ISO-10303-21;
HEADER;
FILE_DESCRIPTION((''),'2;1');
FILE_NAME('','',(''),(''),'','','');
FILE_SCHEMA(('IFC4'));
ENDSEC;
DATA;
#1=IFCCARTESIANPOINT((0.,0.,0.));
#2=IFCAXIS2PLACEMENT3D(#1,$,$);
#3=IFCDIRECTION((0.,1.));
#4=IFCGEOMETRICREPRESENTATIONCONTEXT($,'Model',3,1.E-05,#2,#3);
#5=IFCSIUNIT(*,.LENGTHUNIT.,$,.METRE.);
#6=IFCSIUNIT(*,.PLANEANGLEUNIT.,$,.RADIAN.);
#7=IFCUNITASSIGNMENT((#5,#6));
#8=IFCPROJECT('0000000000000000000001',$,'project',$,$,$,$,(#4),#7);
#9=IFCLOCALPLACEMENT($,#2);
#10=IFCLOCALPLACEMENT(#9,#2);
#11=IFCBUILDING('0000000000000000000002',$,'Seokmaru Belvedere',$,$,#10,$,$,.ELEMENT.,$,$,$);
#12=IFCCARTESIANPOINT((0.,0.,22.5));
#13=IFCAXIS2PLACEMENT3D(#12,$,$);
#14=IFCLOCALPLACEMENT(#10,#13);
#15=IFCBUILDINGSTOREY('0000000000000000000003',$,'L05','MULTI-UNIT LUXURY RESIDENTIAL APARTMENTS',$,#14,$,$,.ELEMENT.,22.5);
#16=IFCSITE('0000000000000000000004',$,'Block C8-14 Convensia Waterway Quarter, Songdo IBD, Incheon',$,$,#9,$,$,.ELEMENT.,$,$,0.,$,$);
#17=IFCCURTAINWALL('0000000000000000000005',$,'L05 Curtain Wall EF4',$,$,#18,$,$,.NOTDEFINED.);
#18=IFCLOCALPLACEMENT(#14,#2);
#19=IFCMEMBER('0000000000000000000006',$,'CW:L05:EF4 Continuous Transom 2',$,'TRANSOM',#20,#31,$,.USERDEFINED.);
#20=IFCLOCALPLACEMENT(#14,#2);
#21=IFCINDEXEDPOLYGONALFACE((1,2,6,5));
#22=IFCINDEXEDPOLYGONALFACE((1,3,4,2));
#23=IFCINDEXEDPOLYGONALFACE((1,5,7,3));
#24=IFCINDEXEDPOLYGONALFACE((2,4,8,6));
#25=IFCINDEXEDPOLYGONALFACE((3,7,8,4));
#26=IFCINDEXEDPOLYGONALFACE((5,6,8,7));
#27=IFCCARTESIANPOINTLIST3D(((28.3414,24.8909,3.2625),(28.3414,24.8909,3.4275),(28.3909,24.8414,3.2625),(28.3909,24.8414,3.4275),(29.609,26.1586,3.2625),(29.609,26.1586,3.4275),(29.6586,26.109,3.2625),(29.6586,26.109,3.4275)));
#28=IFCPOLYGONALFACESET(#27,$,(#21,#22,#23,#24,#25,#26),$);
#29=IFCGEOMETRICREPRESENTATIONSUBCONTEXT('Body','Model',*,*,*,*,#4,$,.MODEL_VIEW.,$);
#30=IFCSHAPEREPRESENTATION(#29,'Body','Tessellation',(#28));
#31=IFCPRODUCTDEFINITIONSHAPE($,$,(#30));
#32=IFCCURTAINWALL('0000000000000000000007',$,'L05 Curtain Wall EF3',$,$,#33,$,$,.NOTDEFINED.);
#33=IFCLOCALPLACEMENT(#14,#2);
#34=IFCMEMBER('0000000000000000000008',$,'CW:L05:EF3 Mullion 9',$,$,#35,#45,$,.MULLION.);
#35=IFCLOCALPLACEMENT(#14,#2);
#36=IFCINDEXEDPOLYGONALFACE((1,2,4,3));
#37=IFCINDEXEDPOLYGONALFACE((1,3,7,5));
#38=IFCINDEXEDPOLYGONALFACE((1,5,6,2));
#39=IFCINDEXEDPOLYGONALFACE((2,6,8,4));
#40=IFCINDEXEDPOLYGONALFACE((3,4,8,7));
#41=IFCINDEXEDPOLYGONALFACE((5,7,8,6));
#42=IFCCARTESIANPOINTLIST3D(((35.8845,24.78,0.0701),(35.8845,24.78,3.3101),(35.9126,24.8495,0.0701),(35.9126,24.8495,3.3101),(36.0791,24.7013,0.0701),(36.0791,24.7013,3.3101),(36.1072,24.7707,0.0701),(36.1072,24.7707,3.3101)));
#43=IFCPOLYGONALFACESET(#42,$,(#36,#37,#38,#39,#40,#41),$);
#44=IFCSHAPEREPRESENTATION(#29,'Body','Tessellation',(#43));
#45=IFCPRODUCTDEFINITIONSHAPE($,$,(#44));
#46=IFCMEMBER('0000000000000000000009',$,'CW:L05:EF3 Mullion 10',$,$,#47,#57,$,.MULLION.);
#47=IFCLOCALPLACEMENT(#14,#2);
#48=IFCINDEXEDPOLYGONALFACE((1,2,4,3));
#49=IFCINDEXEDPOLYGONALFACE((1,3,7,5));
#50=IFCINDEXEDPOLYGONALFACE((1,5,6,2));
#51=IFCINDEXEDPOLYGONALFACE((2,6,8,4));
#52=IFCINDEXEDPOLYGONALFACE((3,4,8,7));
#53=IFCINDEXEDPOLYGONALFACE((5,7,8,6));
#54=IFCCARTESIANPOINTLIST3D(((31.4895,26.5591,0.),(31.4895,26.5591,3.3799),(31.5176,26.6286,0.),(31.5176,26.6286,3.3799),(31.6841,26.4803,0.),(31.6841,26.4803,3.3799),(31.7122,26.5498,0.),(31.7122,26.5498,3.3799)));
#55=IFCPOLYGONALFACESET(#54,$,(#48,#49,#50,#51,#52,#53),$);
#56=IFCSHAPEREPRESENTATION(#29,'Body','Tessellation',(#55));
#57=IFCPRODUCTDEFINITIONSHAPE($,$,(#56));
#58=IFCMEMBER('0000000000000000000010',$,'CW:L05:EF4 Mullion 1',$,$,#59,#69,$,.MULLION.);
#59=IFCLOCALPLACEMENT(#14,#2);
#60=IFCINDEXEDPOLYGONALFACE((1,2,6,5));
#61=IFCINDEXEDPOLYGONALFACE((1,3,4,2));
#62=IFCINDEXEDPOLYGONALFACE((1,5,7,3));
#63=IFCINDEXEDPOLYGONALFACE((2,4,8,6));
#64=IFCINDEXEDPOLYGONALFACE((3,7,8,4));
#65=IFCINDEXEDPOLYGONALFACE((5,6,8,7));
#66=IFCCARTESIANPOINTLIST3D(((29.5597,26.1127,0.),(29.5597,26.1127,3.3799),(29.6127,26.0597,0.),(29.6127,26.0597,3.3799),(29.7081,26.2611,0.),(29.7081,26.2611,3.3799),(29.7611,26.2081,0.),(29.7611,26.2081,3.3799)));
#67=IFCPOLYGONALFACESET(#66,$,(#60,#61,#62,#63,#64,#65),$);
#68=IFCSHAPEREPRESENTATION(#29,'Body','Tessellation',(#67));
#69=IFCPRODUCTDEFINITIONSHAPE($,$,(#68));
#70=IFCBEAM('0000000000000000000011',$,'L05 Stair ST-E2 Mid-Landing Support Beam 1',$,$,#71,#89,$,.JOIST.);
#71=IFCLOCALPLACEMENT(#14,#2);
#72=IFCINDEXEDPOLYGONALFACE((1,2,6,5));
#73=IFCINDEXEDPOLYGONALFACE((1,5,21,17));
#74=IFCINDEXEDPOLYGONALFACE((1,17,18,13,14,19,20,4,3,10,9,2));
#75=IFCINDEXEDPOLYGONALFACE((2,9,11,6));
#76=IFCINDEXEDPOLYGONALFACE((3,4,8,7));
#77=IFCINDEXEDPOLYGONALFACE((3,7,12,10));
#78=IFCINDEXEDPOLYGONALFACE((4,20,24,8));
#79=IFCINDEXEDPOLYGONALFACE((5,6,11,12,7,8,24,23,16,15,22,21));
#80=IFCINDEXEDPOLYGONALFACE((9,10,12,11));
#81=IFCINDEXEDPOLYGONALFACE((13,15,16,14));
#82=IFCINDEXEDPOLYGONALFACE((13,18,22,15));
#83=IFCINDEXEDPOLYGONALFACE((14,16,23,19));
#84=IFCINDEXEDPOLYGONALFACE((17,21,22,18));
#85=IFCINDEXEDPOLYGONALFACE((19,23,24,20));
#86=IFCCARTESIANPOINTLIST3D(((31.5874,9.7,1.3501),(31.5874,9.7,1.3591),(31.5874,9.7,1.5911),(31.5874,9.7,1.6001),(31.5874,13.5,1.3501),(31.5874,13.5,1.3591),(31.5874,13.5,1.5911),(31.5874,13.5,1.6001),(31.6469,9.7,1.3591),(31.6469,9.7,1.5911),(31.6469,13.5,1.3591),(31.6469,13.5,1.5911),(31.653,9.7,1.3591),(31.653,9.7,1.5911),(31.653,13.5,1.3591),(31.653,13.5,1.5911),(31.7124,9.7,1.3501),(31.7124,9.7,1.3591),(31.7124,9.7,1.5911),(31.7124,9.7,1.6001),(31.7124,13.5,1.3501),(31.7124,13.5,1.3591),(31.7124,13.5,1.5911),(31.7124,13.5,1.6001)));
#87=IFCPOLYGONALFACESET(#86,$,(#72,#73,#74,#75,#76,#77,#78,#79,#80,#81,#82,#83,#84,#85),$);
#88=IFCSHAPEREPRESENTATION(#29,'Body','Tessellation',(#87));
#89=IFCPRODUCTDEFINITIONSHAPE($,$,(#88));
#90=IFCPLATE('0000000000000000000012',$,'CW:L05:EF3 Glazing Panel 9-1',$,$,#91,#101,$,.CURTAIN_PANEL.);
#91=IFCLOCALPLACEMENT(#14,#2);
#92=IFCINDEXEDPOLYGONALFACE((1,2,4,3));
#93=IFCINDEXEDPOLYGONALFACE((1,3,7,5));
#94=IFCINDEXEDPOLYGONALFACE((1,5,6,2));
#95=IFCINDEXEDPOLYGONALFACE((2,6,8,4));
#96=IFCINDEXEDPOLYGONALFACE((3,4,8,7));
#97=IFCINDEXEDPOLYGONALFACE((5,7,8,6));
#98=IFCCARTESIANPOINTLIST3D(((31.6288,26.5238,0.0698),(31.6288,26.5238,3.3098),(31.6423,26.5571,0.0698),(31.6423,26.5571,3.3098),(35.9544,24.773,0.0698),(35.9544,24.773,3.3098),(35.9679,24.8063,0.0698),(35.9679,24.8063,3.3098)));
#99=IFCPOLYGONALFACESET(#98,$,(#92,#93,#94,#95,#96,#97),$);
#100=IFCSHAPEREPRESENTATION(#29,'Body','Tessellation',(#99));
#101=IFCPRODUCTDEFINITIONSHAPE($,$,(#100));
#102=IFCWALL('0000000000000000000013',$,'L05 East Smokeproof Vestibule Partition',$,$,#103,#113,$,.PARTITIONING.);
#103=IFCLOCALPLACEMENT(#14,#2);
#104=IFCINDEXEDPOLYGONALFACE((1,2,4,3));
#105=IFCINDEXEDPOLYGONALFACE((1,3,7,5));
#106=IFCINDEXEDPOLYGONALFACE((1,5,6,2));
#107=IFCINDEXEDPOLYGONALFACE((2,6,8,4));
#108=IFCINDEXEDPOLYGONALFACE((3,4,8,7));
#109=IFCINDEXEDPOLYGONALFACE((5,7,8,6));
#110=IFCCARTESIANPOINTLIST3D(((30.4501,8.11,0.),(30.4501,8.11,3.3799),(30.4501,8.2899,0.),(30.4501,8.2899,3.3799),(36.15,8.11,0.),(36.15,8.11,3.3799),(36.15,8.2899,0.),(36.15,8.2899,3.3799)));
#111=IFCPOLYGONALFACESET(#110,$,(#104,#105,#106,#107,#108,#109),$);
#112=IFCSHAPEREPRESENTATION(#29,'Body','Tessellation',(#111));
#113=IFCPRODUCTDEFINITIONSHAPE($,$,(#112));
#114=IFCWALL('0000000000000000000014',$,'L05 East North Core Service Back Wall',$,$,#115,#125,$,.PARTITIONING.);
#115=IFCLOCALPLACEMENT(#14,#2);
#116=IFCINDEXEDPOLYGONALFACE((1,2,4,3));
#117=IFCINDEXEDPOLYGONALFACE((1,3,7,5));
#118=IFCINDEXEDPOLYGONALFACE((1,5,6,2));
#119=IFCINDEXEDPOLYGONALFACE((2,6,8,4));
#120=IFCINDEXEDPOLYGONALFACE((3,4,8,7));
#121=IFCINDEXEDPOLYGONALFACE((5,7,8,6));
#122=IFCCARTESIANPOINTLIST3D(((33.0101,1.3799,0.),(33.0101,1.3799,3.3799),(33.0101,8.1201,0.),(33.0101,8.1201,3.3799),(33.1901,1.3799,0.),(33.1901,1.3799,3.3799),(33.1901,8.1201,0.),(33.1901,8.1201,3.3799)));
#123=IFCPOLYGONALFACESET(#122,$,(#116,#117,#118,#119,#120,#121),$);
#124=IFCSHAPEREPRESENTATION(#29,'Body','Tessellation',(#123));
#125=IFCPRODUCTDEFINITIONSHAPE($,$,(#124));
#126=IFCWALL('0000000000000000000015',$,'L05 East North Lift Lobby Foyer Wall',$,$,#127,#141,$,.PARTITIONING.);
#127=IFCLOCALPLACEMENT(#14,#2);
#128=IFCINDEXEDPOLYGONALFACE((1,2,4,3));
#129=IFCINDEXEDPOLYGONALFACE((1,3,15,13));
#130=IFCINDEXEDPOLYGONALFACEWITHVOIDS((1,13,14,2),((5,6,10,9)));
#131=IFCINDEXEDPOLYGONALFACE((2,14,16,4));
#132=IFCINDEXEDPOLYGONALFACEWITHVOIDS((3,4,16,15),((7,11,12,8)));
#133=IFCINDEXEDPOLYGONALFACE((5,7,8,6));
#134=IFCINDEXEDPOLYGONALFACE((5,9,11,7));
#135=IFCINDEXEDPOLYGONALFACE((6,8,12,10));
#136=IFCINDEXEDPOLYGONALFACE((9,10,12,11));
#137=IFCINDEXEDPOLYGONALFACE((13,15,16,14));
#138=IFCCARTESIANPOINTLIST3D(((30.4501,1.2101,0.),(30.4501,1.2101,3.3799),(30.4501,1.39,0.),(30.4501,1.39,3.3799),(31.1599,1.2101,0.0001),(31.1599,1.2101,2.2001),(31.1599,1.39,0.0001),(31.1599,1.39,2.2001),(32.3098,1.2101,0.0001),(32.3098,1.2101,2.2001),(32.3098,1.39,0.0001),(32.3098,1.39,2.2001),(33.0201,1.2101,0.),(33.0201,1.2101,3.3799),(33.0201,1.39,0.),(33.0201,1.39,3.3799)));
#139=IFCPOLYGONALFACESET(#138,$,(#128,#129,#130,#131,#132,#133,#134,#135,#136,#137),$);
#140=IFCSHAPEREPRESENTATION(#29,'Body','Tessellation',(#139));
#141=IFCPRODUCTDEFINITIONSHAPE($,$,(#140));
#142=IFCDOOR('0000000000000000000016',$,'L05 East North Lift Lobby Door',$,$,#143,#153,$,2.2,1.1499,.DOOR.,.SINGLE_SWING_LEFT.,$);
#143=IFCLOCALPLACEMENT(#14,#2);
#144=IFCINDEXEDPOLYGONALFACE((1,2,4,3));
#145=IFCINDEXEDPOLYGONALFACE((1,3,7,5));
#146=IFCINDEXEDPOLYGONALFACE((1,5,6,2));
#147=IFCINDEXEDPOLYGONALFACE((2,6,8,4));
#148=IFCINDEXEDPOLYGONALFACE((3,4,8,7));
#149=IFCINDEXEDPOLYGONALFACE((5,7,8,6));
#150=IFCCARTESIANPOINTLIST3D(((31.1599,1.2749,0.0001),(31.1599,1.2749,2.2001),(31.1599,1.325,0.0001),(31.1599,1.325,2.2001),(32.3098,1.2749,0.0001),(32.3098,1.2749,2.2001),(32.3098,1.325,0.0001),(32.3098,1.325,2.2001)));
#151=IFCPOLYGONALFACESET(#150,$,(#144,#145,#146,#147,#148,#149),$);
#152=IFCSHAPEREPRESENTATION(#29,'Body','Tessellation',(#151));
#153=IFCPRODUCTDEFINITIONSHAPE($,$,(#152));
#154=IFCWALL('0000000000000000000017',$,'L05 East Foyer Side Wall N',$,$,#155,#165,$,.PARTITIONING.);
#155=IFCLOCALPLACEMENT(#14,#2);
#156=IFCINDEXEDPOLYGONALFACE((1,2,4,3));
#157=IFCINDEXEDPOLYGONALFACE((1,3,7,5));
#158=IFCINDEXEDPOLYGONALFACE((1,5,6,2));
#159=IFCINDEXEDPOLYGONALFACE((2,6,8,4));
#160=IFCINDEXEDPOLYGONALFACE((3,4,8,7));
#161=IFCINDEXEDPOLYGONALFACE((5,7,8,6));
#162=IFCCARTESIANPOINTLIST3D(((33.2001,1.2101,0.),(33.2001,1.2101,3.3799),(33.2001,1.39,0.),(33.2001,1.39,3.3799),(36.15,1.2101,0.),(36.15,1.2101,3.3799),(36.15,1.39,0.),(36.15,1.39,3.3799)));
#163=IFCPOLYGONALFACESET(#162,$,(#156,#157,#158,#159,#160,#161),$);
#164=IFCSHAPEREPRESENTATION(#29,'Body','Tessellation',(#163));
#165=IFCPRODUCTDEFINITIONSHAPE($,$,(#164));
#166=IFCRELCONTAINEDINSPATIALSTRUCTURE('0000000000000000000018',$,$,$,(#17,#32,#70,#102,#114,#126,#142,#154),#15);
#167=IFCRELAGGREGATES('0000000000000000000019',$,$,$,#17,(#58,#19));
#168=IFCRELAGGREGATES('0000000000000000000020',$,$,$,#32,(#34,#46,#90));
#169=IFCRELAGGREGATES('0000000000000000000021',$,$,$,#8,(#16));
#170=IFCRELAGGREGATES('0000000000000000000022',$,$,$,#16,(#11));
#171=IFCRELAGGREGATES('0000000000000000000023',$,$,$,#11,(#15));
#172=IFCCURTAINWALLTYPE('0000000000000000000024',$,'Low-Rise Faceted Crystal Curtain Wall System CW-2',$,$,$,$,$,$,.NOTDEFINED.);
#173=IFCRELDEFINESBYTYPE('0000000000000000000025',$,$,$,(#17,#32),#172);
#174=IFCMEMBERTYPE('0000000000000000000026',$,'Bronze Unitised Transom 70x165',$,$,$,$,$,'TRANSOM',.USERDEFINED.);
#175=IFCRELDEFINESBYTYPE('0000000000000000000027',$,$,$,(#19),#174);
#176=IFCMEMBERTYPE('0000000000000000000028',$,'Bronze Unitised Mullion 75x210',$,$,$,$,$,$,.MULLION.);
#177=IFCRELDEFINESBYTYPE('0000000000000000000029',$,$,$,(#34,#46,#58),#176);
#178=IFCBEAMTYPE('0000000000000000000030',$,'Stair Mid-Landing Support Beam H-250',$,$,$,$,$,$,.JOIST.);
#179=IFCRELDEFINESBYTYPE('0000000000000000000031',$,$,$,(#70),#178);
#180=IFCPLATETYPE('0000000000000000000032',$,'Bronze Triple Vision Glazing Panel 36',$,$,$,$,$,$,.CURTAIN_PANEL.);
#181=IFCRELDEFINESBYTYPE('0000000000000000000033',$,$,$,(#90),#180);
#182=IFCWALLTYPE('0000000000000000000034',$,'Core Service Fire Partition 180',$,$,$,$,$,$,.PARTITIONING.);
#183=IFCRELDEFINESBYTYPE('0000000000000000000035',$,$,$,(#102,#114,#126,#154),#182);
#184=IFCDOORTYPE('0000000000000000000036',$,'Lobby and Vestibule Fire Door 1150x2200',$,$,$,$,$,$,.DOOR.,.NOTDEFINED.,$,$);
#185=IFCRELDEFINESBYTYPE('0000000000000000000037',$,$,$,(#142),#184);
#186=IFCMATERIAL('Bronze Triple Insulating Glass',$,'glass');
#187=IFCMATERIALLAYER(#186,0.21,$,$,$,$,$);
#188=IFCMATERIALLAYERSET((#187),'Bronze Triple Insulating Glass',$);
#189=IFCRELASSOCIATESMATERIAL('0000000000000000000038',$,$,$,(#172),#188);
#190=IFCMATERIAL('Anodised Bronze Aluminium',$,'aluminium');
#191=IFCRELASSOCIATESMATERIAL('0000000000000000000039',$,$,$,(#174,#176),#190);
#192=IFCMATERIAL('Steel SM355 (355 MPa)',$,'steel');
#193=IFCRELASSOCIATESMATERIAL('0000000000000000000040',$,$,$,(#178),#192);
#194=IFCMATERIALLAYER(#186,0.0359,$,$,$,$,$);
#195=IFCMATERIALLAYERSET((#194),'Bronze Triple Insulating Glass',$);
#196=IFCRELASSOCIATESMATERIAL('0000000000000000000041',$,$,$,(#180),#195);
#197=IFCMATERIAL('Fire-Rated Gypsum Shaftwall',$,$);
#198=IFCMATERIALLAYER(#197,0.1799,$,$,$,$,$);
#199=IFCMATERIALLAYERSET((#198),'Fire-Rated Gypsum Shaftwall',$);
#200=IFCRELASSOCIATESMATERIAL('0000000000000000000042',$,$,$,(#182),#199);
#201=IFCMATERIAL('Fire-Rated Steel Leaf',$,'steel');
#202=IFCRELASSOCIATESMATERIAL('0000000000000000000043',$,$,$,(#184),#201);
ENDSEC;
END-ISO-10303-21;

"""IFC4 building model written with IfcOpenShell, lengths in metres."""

from ifc_helpers import new_model, si_unit, direction, frame, frame_2d, origin, origin_2d, place, context, subcontext, project, spatial, rectangle, i_section, extrude, source, transform, mapped, material, layer, layer_set, material_profile, profile_set, type_object, type_shapes, element, fill, aggregate, save


model = new_model("IFC4")

# Units and contexts
model_context = context("Model", 3, precision=1e-05, world=origin(), true_north=direction((0.0, 1.0)))
body_context = subcontext(model_context, "Body", "Model", "MODEL_VIEW")
ifc_project = project(units=[si_unit("LENGTHUNIT", "METRE"), si_unit("PLANEANGLEUNIT", "RADIAN")], contexts=[model_context])

# Site, building, storey
site_placement = place(None, origin())
site = spatial("IfcSite", under=ifc_project, at=site_placement, Name="Block C8-14 Convensia Waterway Quarter, Songdo IBD, Incheon", CompositionType="ELEMENT", RefElevation=0.0)
building_placement = place(site_placement, origin())
building = spatial("IfcBuilding", under=site, at=building_placement, Name="Seokmaru Belvedere", CompositionType="ELEMENT")
storey_placement = place(building_placement, frame((0.0, 0.0, 22.5)))
storey = spatial("IfcBuildingStorey", under=building, at=storey_placement, Name="L05", Description="MULTI-UNIT LUXURY RESIDENTIAL APARTMENTS", CompositionType="ELEMENT", Elevation=22.5)

# Shared definitions
ifc_material_1 = material(Name="Steel SM355 (355 MPa)", Category="steel")

# Curtain wall, member
ifc_material_2 = material(Name="Bronze Triple Insulating Glass", Category="glass")
ifc_layer_1 = layer(ifc_material_2, 0.21)
ifc_layer_set_1 = layer_set([ifc_layer_1], Name="Bronze Triple Insulating Glass")
curtain_wall_type = type_object("IfcCurtainWallType", Name="Low-Rise Faceted Crystal Curtain Wall System CW-2", PredefinedType="NOTDEFINED", material=ifc_layer_set_1)
curtain_wall_1_placement = place(storey_placement, origin())
curtain_wall_1 = element("IfcCurtainWall", 1, at=curtain_wall_1_placement, inside=storey, type_object=curtain_wall_type, Name="L05 Curtain Wall EF4", PredefinedType="NOTDEFINED")
ifc_material_3 = material(Name="Anodised Bronze Aluminium", Category="aluminium")
ifc_material_profile_1 = material_profile(ifc_material_3, rectangle(XDim=0.0701, YDim=0.165, at=origin_2d()), Name="CW-T-70x165")
ifc_profile_set_1 = profile_set([ifc_material_profile_1], Name="Anodised Bronze Aluminium")
member_type_1 = type_object("IfcMemberType", Name="Bronze Unitised Transom 70x165", ElementType="TRANSOM", PredefinedType="USERDEFINED", material=ifc_profile_set_1)
shared_shape_1 = source(origin(), body_context, "Body", "SweptSolid", [
    extrude(rectangle(XDim=0.0701, YDim=0.165, at=origin_2d()), origin(), (0.0, 0.0, 1.0), 1.7927),
])
type_shapes(member_type_1, [shared_shape_1])
member_1_placement = place(storey_placement, frame((29.6338, 26.1338, 3.345), z_axis=(-0.707107, -0.707107, 0.0), x_axis=(0.707107, -0.707107, 0.0)))
member_1 = element("IfcMember", 2, at=member_1_placement, type_object=member_type_1, Name="CW:L05:EF4 Continuous Transom 2", ObjectType="TRANSOM", PredefinedType="USERDEFINED", context=body_context, shape_type="MappedRepresentation", body=[
    mapped(shared_shape_1, transform((0.0, 0.0, 0.0), scale=1.0)),
])

# Curtain wall, members
curtain_wall_2_placement = place(storey_placement, origin())
curtain_wall_2 = element("IfcCurtainWall", 3, at=curtain_wall_2_placement, inside=storey, type_object=curtain_wall_type, Name="L05 Curtain Wall EF3", PredefinedType="NOTDEFINED")
ifc_material_profile_2 = material_profile(ifc_material_3, rectangle(XDim=0.075, YDim=0.21, at=origin_2d()), Name="CW-M-75x210")
ifc_profile_set_2 = profile_set([ifc_material_profile_2], Name="Anodised Bronze Aluminium")
member_type_2 = type_object("IfcMemberType", Name="Bronze Unitised Mullion 75x210", PredefinedType="MULLION", material=ifc_profile_set_2)
shared_shape_2 = source(origin(), body_context, "Body", "SweptSolid", [
    extrude(rectangle(XDim=0.075, YDim=0.21, at=origin_2d()), origin(), (0.0, 0.0, 1.0), 3.24),
])
member_2_placement = place(storey_placement, frame((35.9958, 24.7754, 0.0701), z_axis=(0.0, 0.0, 1.0), x_axis=(-0.375192, -0.926947, 0.0)))
member_2 = element("IfcMember", 4, at=member_2_placement, type_object=member_type_2, Name="CW:L05:EF3 Mullion 9", PredefinedType="MULLION", context=body_context, shape_type="MappedRepresentation", body=[
    mapped(shared_shape_2, transform((0.0, 0.0, 0.0), scale=1.0)),
])
shared_shape_3 = source(origin(), body_context, "Body", "SweptSolid", [
    extrude(rectangle(XDim=0.075, YDim=0.21, at=origin_2d()), origin(), (0.0, 0.0, 1.0), 3.3799),
])
type_shapes(member_type_2, [shared_shape_2, shared_shape_3])
member_3_placement = place(storey_placement, frame((31.6008, 26.5544, 0.0), z_axis=(0.0, 0.0, 1.0), x_axis=(-0.375192, -0.926947, 0.0)))
member_3 = element("IfcMember", 5, at=member_3_placement, type_object=member_type_2, Name="CW:L05:EF3 Mullion 10", PredefinedType="MULLION", context=body_context, shape_type="MappedRepresentation", body=[
    mapped(shared_shape_3, transform((0.0, 0.0, 0.0), scale=1.0)),
])

# Member
member_4_placement = place(storey_placement, frame((29.6604, 26.1604, 0.0), z_axis=(0.0, 0.0, 1.0), x_axis=(0.707107, -0.707107, 0.0)))
member_4 = element("IfcMember", 6, at=member_4_placement, type_object=member_type_2, Name="CW:L05:EF4 Mullion 1", PredefinedType="MULLION", context=body_context, shape_type="MappedRepresentation", body=[
    mapped(shared_shape_3, transform((0.0, 0.0, 0.0), scale=1.0)),
])
aggregate(curtain_wall_1, [member_4, member_1])

# Beam
ifc_material_profile_3 = material_profile(ifc_material_1, i_section(OverallWidth=0.125, OverallDepth=0.25, WebThickness=0.0061, FlangeThickness=0.009, at=origin_2d()), Name="H-250x125x6x9")
ifc_profile_set_3 = profile_set([ifc_material_profile_3], Name="Steel SM355 (355 MPa)")
beam_type_1 = type_object("IfcBeamType", Name="Stair Mid-Landing Support Beam H-250", PredefinedType="JOIST", material=ifc_profile_set_3)
shared_shape_4 = source(origin(), body_context, "Body", "SweptSolid", [
    extrude(i_section(OverallWidth=0.125, OverallDepth=0.25, WebThickness=0.0061, FlangeThickness=0.009, at=origin_2d()), origin(), (0.0, 0.0, 1.0), 3.8),
])
type_shapes(beam_type_1, [shared_shape_4])
beam_1_placement = place(storey_placement, frame((31.6499, 9.7, 1.4751), z_axis=(0.0, 1.0, 0.0), x_axis=(-1.0, 0.0, 0.0)))
element("IfcBeam", 7, at=beam_1_placement, inside=storey, type_object=beam_type_1, Name="L05 Stair ST-E2 Mid-Landing Support Beam 1", PredefinedType="JOIST", context=body_context, shape_type="MappedRepresentation", body=[
    mapped(shared_shape_4, transform((0.0, 0.0, 0.0), scale=1.0)),
])

# Plate
ifc_layer_2 = layer(ifc_material_2, 0.0359)
ifc_layer_set_2 = layer_set([ifc_layer_2], Name="Bronze Triple Insulating Glass")
plate_type = type_object("IfcPlateType", Name="Bronze Triple Vision Glazing Panel 36", PredefinedType="CURTAIN_PANEL", material=ifc_layer_set_2)
shared_shape_5 = source(origin(), body_context, "Body", "SweptSolid", [
    extrude(rectangle(XDim=4.6665, YDim=0.0359, at=origin_2d()), origin(), (0.0, 0.0, 1.0), 3.24),
])
type_shapes(plate_type, [shared_shape_5])
plate_placement = place(storey_placement, frame((33.7983, 25.665, 0.0698), z_axis=(0.0, 0.0, 1.0), x_axis=(-0.926947, 0.375192, 0.0)))
plate = element("IfcPlate", 8, at=plate_placement, type_object=plate_type, Name="CW:L05:EF3 Glazing Panel 9-1", PredefinedType="CURTAIN_PANEL", context=body_context, shape_type="MappedRepresentation", body=[
    mapped(shared_shape_5, transform((0.0, 0.0, 0.0), scale=1.0)),
])
aggregate(curtain_wall_2, [member_2, member_3, plate])

# Walls
ifc_material_4 = material(Name="Fire-Rated Gypsum Shaftwall")
ifc_layer_3 = layer(ifc_material_4, 0.1799)
ifc_layer_set_3 = layer_set([ifc_layer_3], Name="Fire-Rated Gypsum Shaftwall")
wall_type_1 = type_object("IfcWallType", Name="Core Service Fire Partition 180", PredefinedType="PARTITIONING", material=ifc_layer_set_3)
wall_1_placement = place(storey_placement, frame((30.45, 8.2, 0.0), z_axis=(0.0, 0.0, 1.0), x_axis=(1.0, 0.0, 0.0)))
element("IfcWall", 9, at=wall_1_placement, inside=storey, type_object=wall_type_1, Name="L05 East Smokeproof Vestibule Partition", PredefinedType="PARTITIONING", context=body_context, shape_type="SweptSolid", body=[
    extrude(rectangle(XDim=5.7, YDim=0.1799, at=frame_2d((2.8501, 0.0))), origin(), (0.0, 0.0, 1.0), 3.3799),
])
wall_2_placement = place(storey_placement, frame((33.1001, 1.3799, 0.0), z_axis=(0.0, 0.0, 1.0), x_axis=(0.0, 1.0, 0.0)))
element("IfcWall", 10, at=wall_2_placement, inside=storey, type_object=wall_type_1, Name="L05 East North Core Service Back Wall", PredefinedType="PARTITIONING", context=body_context, shape_type="SweptSolid", body=[
    extrude(rectangle(XDim=6.7402, YDim=0.1799, at=frame_2d((3.3701, 0.0))), origin(), (0.0, 0.0, 1.0), 3.3799),
])

# Wall, opening, door
wall_3_placement = place(storey_placement, frame((30.45, 1.3, 0.0), z_axis=(0.0, 0.0, 1.0), x_axis=(1.0, 0.0, 0.0)))
wall_3 = element("IfcWall", 11, at=wall_3_placement, inside=storey, type_object=wall_type_1, Name="L05 East North Lift Lobby Foyer Wall", PredefinedType="PARTITIONING", context=body_context, shape_type="SweptSolid", body=[
    extrude(rectangle(XDim=2.5701, YDim=0.1799, at=frame_2d((1.2852, 0.0))), origin(), (0.0, 0.0, 1.0), 3.3799),
])
opening_1_placement = place(wall_3_placement, frame((0.71, 0.0, 0.0)))
opening_1 = element("IfcOpeningElement", 12, at=opening_1_placement, cuts=wall_3, PredefinedType="OPENING", context=body_context, shape_type="SweptSolid", body=[
    extrude(rectangle(XDim=1.1499, YDim=2.2, at=frame_2d((0.575, 1.1001))), frame((0.0, 0.1001, 0.0), z_axis=(0.0, -1.0, 0.0), x_axis=(1.0, 0.0, 0.0)), (0.0, 0.0, 1.0), 0.2),
])
ifc_material_5 = material(Name="Fire-Rated Steel Leaf", Category="steel")
door_type_1 = type_object("IfcDoorType", Name="Lobby and Vestibule Fire Door 1150x2200", OperationType="NOTDEFINED", PredefinedType="DOOR", material=ifc_material_5)
shared_shape_6 = source(origin(), body_context, "Body", "SweptSolid", [
    extrude(rectangle(XDim=1.1499, YDim=2.2, at=frame_2d((0.575, 1.1001))), frame((0.0, 0.0249, 0.0), z_axis=(0.0, -1.0, 0.0), x_axis=(1.0, 0.0, 0.0)), (0.0, 0.0, 1.0), 0.05),
])
type_shapes(door_type_1, [shared_shape_6])
door_1_placement = place(opening_1_placement, origin())
door_1 = element("IfcDoor", 13, at=door_1_placement, inside=storey, type_object=door_type_1, Name="L05 East North Lift Lobby Door", OperationType="SINGLE_SWING_LEFT", OverallHeight=2.2, OverallWidth=1.1499, PredefinedType="DOOR", context=body_context, shape_type="MappedRepresentation", body=[
    mapped(shared_shape_6, transform((0.0, 0.0, 0.0), scale=1.0)),
])
fill(opening_1, door_1)

# Wall
wall_4_placement = place(storey_placement, frame((33.2, 1.3, 0.0), z_axis=(0.0, 0.0, 1.0), x_axis=(1.0, 0.0, 0.0)))
element("IfcWall", 14, at=wall_4_placement, inside=storey, type_object=wall_type_1, Name="L05 East Foyer Side Wall N", PredefinedType="PARTITIONING", context=body_context, shape_type="SweptSolid", body=[
    extrude(rectangle(XDim=2.95, YDim=0.1799, at=frame_2d((1.4751, 0.0))), origin(), (0.0, 0.0, 1.0), 3.3799),
])

save(model, "model.ifc")
